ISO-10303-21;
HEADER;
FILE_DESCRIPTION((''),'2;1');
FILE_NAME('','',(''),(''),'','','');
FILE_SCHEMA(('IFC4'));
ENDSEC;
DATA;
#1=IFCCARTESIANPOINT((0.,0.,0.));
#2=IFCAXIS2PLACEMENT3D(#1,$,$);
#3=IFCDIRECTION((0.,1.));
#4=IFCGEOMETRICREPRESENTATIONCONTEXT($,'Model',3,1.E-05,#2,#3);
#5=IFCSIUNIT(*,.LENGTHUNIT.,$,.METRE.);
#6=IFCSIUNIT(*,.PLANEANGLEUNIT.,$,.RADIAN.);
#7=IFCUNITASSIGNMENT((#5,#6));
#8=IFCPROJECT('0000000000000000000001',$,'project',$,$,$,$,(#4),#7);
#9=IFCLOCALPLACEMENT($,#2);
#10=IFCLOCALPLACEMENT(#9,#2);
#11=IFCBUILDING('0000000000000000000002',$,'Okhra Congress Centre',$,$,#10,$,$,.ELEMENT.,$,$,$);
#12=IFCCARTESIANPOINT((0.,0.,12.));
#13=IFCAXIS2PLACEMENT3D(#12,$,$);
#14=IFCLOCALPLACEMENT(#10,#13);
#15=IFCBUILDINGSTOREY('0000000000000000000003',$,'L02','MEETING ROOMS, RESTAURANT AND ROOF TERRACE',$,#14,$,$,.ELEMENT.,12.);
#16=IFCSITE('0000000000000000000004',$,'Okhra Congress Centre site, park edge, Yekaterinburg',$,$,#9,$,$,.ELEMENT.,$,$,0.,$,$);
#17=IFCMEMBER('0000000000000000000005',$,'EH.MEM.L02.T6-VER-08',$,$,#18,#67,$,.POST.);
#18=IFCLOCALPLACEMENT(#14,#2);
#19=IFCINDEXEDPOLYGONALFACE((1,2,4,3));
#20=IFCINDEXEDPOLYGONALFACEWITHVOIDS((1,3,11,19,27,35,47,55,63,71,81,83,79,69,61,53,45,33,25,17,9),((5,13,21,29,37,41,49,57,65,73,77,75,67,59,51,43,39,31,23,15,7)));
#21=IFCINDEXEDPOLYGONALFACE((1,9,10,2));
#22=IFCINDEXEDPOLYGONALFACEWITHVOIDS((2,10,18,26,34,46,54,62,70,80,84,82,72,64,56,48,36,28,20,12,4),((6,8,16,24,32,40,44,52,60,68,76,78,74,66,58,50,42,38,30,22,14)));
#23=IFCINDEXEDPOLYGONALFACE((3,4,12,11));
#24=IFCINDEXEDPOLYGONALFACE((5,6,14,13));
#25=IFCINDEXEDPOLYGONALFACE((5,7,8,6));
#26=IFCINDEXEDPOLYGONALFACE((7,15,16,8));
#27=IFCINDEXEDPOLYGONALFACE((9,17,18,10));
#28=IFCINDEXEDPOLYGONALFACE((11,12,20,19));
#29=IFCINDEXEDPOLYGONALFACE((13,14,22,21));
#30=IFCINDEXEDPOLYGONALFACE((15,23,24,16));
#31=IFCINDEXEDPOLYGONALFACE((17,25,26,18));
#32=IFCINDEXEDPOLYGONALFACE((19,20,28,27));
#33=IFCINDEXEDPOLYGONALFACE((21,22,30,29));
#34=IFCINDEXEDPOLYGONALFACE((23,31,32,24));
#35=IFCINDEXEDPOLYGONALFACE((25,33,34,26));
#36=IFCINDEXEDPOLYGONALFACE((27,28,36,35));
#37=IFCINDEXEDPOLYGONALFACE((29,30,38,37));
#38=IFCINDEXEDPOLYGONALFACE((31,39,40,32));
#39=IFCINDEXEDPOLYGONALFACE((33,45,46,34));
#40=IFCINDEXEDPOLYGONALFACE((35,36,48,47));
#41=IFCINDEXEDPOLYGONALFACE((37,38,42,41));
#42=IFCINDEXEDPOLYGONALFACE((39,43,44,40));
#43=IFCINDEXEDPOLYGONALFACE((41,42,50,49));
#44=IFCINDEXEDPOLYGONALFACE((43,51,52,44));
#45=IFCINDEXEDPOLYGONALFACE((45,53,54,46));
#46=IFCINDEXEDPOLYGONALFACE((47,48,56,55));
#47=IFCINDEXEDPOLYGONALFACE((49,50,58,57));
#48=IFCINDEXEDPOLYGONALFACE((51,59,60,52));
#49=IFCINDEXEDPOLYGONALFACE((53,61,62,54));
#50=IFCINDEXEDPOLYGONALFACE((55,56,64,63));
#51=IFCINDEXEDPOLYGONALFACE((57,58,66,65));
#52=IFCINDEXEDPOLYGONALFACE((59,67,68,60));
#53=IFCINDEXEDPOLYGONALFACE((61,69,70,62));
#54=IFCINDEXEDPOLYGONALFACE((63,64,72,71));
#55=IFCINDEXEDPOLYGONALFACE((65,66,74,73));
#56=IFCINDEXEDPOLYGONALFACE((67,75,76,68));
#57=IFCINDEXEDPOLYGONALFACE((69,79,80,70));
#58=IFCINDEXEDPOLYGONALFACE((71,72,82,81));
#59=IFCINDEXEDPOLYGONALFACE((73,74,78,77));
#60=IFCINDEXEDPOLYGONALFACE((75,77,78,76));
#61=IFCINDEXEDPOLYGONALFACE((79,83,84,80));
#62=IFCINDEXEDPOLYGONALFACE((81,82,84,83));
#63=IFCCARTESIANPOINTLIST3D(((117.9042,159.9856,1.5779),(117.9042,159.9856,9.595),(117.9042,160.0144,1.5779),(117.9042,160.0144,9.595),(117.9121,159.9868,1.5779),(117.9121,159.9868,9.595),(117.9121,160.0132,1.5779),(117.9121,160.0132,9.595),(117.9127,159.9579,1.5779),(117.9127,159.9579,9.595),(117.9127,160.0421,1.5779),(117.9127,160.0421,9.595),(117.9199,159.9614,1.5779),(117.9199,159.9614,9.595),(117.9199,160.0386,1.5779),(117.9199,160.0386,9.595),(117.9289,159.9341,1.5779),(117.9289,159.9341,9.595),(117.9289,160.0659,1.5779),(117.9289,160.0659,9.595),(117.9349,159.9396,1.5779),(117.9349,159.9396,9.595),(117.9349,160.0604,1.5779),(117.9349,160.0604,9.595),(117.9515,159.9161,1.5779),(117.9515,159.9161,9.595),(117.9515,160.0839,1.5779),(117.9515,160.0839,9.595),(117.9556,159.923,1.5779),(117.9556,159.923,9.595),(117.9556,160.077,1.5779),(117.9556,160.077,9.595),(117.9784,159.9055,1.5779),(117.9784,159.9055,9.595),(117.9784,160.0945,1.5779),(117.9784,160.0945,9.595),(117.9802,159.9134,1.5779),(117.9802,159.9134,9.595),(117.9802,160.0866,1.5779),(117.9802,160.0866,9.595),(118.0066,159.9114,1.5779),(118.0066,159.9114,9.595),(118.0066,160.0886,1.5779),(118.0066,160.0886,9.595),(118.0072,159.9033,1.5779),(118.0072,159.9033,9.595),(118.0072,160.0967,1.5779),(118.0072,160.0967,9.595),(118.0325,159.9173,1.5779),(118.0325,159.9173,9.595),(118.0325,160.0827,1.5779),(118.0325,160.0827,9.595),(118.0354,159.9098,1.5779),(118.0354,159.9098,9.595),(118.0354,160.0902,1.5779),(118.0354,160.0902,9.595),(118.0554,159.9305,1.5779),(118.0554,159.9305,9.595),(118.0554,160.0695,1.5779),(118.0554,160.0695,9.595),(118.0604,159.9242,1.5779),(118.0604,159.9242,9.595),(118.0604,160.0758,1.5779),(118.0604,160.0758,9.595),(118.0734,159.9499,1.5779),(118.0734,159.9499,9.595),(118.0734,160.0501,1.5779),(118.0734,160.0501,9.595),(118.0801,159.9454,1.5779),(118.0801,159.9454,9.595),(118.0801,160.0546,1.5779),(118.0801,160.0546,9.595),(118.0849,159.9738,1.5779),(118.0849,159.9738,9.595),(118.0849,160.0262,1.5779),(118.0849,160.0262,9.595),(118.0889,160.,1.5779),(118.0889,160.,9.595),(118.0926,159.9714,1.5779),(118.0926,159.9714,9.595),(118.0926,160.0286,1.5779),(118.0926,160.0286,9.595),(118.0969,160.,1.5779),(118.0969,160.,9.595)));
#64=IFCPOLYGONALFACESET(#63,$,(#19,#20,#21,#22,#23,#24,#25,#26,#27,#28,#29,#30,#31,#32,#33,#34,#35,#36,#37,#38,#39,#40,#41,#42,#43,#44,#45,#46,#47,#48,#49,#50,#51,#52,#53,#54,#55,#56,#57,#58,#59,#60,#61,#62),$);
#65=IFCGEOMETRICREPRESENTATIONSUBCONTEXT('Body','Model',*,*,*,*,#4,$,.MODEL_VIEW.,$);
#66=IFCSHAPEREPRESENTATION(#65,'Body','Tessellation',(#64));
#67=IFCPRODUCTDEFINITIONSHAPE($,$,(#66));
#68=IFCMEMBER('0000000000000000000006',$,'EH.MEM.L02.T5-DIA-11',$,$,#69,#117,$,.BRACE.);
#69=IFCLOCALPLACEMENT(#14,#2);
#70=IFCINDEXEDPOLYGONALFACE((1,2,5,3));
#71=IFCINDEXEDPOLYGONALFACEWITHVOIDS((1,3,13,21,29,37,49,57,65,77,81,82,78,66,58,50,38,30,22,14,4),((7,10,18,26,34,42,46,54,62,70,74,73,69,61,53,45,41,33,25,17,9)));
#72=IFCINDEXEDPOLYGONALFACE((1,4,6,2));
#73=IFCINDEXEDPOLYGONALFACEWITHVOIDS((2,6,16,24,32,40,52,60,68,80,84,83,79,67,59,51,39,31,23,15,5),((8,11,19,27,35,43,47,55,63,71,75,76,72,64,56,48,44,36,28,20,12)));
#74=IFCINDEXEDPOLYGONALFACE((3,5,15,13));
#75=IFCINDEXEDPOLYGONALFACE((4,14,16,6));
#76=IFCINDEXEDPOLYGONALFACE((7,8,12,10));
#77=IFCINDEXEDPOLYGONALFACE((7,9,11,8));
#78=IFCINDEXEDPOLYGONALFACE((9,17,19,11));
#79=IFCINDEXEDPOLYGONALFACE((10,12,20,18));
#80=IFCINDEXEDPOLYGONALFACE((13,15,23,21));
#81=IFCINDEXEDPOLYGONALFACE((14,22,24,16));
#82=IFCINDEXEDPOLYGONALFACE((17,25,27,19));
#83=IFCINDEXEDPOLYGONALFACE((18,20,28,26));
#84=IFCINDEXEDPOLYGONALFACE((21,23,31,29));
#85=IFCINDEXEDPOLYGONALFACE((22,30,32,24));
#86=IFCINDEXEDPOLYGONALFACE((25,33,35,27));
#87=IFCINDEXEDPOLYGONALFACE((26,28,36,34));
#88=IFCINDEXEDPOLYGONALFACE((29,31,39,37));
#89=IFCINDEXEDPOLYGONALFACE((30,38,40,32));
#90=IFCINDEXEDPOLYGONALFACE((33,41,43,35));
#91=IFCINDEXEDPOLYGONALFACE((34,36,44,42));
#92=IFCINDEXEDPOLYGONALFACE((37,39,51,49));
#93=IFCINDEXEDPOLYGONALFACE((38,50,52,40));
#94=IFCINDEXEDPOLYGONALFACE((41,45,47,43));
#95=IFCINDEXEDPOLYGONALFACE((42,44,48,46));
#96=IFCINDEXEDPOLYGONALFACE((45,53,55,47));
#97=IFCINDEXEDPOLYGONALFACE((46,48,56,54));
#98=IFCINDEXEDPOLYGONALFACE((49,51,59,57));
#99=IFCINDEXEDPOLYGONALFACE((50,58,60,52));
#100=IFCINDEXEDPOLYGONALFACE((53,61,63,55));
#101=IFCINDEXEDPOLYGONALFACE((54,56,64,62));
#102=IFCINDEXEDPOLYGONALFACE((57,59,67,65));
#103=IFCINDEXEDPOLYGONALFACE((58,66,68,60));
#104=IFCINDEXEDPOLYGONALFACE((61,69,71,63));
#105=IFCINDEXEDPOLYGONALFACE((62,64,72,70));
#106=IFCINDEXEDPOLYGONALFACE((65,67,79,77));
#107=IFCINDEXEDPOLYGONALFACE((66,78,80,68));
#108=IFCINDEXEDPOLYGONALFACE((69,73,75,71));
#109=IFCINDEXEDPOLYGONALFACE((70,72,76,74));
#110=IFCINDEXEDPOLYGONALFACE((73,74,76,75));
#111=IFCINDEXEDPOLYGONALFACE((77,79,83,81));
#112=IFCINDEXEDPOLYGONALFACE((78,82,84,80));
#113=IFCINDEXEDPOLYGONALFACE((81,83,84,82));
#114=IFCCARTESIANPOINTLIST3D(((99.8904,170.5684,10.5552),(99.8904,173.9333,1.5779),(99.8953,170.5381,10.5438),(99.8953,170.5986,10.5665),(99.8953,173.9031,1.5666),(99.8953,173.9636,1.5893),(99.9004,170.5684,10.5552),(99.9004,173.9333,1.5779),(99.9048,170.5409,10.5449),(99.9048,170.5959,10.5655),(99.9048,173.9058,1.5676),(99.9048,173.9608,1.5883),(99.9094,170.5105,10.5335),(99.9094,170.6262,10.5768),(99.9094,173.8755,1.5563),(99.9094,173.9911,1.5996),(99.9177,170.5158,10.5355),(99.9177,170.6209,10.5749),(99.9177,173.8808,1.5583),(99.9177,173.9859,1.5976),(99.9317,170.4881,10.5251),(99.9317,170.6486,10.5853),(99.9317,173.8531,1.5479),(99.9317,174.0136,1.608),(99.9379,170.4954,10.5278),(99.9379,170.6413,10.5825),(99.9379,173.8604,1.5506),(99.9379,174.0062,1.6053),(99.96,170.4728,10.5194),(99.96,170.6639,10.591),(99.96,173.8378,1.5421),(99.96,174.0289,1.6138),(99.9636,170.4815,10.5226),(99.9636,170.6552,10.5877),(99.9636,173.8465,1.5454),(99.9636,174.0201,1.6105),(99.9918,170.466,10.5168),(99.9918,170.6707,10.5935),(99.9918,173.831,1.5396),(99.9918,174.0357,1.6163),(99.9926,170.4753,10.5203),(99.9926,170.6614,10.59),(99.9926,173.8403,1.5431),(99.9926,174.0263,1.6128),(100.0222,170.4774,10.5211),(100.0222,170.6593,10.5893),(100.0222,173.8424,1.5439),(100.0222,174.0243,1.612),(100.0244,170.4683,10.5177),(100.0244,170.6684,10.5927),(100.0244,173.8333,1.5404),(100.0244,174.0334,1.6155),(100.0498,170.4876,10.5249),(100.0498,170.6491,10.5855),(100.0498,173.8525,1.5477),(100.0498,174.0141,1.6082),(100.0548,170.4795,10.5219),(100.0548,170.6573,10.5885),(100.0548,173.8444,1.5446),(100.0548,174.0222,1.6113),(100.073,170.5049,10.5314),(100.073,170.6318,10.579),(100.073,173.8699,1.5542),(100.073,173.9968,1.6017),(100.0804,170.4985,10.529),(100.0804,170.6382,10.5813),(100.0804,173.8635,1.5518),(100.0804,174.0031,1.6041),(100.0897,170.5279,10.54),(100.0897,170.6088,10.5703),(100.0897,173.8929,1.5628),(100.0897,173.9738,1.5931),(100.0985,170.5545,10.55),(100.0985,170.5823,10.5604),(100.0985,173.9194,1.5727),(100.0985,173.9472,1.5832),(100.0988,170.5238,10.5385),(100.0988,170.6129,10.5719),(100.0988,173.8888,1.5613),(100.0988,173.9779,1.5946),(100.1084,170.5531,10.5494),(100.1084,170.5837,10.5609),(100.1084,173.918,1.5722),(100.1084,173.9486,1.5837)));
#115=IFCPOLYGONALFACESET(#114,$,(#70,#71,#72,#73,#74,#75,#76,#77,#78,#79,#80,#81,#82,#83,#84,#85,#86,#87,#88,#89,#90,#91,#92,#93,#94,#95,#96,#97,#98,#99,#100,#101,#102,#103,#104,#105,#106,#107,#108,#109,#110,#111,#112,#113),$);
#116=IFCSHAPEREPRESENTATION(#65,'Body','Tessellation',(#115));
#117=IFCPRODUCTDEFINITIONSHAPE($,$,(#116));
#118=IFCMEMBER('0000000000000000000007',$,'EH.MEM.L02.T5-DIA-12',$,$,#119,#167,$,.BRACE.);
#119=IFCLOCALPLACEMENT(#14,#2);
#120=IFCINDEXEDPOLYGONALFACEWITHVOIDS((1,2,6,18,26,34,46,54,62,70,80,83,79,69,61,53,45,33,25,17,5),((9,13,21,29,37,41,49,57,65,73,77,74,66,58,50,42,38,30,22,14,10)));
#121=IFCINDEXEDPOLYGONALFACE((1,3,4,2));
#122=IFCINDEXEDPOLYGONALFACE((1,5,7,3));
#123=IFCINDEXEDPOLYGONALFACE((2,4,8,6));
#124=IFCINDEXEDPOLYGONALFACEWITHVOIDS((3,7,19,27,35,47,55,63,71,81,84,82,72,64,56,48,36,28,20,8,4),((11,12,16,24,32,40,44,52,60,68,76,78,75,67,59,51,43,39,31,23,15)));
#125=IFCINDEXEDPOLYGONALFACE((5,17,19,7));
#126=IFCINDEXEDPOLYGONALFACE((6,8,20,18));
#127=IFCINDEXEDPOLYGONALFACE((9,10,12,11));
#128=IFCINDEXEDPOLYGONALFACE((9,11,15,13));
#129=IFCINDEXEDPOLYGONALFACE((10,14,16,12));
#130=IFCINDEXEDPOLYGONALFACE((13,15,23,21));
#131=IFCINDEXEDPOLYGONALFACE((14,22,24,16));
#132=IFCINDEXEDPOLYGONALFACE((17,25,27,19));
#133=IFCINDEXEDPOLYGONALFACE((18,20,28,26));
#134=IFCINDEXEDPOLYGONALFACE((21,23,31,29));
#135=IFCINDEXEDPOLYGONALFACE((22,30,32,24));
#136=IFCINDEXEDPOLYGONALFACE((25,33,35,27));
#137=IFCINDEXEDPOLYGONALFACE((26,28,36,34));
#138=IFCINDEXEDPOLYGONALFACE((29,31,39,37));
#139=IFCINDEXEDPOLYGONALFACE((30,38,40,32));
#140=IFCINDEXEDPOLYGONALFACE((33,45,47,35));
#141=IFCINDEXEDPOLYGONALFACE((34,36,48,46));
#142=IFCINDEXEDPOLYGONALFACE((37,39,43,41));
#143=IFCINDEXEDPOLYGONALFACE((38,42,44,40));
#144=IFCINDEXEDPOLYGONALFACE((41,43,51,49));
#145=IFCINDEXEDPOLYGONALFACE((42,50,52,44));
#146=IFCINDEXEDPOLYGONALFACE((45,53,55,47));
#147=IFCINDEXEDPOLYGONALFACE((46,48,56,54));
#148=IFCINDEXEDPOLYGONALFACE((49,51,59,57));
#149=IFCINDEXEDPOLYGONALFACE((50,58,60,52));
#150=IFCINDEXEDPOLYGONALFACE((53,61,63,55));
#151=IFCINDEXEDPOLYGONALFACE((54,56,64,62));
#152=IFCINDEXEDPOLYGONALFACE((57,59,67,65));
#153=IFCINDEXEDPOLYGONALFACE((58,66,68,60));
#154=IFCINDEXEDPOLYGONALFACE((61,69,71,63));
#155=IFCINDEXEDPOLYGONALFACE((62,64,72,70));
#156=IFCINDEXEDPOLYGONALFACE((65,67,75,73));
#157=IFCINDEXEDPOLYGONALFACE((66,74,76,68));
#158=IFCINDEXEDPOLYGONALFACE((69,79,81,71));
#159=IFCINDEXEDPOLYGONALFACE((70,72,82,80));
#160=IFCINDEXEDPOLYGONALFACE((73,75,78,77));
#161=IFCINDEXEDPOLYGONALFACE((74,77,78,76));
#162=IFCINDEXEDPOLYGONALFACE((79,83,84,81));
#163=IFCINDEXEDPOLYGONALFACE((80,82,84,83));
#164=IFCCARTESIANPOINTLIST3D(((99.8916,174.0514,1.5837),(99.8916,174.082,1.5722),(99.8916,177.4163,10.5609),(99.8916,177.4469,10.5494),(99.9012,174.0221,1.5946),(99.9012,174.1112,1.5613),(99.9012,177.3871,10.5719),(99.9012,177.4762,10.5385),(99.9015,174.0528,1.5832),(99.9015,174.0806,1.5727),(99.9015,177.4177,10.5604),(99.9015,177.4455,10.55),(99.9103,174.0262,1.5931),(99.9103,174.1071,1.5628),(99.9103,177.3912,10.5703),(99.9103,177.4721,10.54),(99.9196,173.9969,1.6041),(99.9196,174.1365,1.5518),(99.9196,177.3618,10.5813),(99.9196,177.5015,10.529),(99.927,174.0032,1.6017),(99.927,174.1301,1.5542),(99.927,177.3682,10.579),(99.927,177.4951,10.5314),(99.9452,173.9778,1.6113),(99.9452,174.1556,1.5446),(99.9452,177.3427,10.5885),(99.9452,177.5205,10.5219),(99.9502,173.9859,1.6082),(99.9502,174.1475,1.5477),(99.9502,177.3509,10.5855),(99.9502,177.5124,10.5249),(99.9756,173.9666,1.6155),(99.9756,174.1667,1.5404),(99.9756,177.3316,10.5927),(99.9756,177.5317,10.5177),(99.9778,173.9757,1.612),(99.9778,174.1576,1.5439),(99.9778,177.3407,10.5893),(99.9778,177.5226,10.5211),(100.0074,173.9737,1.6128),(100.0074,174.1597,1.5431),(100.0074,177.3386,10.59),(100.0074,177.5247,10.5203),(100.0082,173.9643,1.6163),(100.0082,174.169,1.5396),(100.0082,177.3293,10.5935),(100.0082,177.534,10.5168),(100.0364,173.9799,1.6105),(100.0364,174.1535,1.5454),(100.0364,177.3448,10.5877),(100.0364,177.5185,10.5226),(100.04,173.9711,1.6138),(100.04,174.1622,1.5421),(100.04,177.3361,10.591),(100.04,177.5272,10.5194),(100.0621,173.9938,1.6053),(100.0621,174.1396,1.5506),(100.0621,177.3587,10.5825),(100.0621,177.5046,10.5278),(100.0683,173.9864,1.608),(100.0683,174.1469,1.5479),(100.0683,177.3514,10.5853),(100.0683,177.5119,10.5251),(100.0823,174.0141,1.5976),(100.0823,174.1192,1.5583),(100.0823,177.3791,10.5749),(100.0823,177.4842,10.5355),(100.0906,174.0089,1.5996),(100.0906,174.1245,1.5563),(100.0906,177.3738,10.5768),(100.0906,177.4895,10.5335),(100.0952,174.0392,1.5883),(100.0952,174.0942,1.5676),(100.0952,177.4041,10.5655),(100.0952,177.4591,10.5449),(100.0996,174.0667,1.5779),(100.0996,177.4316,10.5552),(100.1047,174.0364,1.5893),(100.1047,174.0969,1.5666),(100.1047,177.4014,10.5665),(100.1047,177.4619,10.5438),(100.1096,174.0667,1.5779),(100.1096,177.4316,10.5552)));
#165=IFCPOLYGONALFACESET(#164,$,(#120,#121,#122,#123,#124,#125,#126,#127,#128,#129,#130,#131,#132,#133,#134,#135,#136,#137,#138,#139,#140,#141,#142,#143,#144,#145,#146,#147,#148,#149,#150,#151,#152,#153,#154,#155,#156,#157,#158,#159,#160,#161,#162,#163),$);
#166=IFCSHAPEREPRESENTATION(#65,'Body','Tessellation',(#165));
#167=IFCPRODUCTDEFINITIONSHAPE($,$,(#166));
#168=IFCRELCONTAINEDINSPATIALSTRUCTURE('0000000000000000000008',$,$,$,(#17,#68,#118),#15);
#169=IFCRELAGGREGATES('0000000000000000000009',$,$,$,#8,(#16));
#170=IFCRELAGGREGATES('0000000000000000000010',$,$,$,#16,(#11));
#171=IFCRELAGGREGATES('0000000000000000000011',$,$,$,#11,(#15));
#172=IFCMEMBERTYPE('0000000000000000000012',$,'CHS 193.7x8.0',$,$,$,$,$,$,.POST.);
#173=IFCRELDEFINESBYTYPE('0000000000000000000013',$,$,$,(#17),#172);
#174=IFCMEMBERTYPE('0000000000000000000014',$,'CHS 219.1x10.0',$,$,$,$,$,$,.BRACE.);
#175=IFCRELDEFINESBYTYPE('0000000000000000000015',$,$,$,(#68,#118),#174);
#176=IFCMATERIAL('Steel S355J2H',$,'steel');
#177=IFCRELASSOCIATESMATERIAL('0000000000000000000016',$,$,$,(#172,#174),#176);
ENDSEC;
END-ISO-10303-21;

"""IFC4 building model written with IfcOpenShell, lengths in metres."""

from ifc_helpers import new_model, si_unit, direction, frame, origin, origin_2d, place, context, subcontext, project, spatial, hollow_circle, extrude, material, material_profile, profile_set, type_object, element, save


model = new_model("IFC4")

# Units and contexts
model_context = context("Model", 3, precision=1e-05, world=origin(), true_north=direction((0.0, 1.0)))
body_context = subcontext(model_context, "Body", "Model", "MODEL_VIEW")
ifc_project = project(units=[si_unit("LENGTHUNIT", "METRE"), si_unit("PLANEANGLEUNIT", "RADIAN")], contexts=[model_context])

# Site, building, storey
site_placement = place(None, origin())
site = spatial("IfcSite", under=ifc_project, at=site_placement, Name="Okhra Congress Centre site, park edge, Yekaterinburg", CompositionType="ELEMENT", RefElevation=0.0)
building_placement = place(site_placement, origin())
building = spatial("IfcBuilding", under=site, at=building_placement, Name="Okhra Congress Centre", CompositionType="ELEMENT")
storey_placement = place(building_placement, frame((0.0, 0.0, 12.0)))
storey = spatial("IfcBuildingStorey", under=building, at=storey_placement, Name="L02", Description="MEETING ROOMS, RESTAURANT AND ROOF TERRACE", CompositionType="ELEMENT", Elevation=12.0)

# Members
ifc_material_1 = material(Name="Steel S355J2H", Category="steel")
ifc_material_profile_1 = material_profile(ifc_material_1, hollow_circle(Radius=0.0969, WallThickness=0.0081, at=origin_2d()), Name="CHS 193.7x8.0")
ifc_profile_set_1 = profile_set([ifc_material_profile_1], Name="Steel S355J2H")
member_type_1 = type_object("IfcMemberType", Name="CHS 193.7x8.0", PredefinedType="POST", material=ifc_profile_set_1)
member_1_placement = place(storey_placement, frame((118.0, 160.0, 1.5779), z_axis=(0.0, 0.0, 1.0), x_axis=(1.0, 0.0, 0.0)))
element("IfcMember", 1, at=member_1_placement, inside=storey, type_object=member_type_1, Name="EH.MEM.L02.T6-VER-08", PredefinedType="POST", context=body_context, shape_type="SweptSolid", body=[
    extrude(hollow_circle(Radius=0.0969, WallThickness=0.0081, at=origin_2d()), origin(), (0.0, 0.0, 1.0), 8.0171),
])
ifc_material_profile_2 = material_profile(ifc_material_1, hollow_circle(Radius=0.1096, WallThickness=0.01, at=origin_2d()), Name="CHS 219.1x10.0")
ifc_profile_set_2 = profile_set([ifc_material_profile_2], Name="Steel S355J2H")
member_type_2 = type_object("IfcMemberType", Name="CHS 219.1x10.0", PredefinedType="BRACE", material=ifc_profile_set_2)
for number, where, z_axis, x_axis, name in (
    (2, (100.0, 170.5684, 10.5552), (0.0, 0.350987, -0.93638), (-1.0, 0.0, 0.0), "EH.MEM.L02.T5-DIA-11"),
    (3, (100.0, 177.4316, 10.5552), (0.0, -0.350987, -0.93638), (1.0, 0.0, 0.0), "EH.MEM.L02.T5-DIA-12"),
):
    element("IfcMember", number, at=place(storey_placement, frame(where, z_axis=z_axis, x_axis=x_axis)), inside=storey, type_object=member_type_2, Name=name, PredefinedType="BRACE", context=body_context, shape_type="SweptSolid", body=[
        extrude(hollow_circle(Radius=0.1096, WallThickness=0.01, at=origin_2d()), origin(), (0.0, 0.0, 1.0), 9.5872),
    ])

save(model, "model.ifc")
